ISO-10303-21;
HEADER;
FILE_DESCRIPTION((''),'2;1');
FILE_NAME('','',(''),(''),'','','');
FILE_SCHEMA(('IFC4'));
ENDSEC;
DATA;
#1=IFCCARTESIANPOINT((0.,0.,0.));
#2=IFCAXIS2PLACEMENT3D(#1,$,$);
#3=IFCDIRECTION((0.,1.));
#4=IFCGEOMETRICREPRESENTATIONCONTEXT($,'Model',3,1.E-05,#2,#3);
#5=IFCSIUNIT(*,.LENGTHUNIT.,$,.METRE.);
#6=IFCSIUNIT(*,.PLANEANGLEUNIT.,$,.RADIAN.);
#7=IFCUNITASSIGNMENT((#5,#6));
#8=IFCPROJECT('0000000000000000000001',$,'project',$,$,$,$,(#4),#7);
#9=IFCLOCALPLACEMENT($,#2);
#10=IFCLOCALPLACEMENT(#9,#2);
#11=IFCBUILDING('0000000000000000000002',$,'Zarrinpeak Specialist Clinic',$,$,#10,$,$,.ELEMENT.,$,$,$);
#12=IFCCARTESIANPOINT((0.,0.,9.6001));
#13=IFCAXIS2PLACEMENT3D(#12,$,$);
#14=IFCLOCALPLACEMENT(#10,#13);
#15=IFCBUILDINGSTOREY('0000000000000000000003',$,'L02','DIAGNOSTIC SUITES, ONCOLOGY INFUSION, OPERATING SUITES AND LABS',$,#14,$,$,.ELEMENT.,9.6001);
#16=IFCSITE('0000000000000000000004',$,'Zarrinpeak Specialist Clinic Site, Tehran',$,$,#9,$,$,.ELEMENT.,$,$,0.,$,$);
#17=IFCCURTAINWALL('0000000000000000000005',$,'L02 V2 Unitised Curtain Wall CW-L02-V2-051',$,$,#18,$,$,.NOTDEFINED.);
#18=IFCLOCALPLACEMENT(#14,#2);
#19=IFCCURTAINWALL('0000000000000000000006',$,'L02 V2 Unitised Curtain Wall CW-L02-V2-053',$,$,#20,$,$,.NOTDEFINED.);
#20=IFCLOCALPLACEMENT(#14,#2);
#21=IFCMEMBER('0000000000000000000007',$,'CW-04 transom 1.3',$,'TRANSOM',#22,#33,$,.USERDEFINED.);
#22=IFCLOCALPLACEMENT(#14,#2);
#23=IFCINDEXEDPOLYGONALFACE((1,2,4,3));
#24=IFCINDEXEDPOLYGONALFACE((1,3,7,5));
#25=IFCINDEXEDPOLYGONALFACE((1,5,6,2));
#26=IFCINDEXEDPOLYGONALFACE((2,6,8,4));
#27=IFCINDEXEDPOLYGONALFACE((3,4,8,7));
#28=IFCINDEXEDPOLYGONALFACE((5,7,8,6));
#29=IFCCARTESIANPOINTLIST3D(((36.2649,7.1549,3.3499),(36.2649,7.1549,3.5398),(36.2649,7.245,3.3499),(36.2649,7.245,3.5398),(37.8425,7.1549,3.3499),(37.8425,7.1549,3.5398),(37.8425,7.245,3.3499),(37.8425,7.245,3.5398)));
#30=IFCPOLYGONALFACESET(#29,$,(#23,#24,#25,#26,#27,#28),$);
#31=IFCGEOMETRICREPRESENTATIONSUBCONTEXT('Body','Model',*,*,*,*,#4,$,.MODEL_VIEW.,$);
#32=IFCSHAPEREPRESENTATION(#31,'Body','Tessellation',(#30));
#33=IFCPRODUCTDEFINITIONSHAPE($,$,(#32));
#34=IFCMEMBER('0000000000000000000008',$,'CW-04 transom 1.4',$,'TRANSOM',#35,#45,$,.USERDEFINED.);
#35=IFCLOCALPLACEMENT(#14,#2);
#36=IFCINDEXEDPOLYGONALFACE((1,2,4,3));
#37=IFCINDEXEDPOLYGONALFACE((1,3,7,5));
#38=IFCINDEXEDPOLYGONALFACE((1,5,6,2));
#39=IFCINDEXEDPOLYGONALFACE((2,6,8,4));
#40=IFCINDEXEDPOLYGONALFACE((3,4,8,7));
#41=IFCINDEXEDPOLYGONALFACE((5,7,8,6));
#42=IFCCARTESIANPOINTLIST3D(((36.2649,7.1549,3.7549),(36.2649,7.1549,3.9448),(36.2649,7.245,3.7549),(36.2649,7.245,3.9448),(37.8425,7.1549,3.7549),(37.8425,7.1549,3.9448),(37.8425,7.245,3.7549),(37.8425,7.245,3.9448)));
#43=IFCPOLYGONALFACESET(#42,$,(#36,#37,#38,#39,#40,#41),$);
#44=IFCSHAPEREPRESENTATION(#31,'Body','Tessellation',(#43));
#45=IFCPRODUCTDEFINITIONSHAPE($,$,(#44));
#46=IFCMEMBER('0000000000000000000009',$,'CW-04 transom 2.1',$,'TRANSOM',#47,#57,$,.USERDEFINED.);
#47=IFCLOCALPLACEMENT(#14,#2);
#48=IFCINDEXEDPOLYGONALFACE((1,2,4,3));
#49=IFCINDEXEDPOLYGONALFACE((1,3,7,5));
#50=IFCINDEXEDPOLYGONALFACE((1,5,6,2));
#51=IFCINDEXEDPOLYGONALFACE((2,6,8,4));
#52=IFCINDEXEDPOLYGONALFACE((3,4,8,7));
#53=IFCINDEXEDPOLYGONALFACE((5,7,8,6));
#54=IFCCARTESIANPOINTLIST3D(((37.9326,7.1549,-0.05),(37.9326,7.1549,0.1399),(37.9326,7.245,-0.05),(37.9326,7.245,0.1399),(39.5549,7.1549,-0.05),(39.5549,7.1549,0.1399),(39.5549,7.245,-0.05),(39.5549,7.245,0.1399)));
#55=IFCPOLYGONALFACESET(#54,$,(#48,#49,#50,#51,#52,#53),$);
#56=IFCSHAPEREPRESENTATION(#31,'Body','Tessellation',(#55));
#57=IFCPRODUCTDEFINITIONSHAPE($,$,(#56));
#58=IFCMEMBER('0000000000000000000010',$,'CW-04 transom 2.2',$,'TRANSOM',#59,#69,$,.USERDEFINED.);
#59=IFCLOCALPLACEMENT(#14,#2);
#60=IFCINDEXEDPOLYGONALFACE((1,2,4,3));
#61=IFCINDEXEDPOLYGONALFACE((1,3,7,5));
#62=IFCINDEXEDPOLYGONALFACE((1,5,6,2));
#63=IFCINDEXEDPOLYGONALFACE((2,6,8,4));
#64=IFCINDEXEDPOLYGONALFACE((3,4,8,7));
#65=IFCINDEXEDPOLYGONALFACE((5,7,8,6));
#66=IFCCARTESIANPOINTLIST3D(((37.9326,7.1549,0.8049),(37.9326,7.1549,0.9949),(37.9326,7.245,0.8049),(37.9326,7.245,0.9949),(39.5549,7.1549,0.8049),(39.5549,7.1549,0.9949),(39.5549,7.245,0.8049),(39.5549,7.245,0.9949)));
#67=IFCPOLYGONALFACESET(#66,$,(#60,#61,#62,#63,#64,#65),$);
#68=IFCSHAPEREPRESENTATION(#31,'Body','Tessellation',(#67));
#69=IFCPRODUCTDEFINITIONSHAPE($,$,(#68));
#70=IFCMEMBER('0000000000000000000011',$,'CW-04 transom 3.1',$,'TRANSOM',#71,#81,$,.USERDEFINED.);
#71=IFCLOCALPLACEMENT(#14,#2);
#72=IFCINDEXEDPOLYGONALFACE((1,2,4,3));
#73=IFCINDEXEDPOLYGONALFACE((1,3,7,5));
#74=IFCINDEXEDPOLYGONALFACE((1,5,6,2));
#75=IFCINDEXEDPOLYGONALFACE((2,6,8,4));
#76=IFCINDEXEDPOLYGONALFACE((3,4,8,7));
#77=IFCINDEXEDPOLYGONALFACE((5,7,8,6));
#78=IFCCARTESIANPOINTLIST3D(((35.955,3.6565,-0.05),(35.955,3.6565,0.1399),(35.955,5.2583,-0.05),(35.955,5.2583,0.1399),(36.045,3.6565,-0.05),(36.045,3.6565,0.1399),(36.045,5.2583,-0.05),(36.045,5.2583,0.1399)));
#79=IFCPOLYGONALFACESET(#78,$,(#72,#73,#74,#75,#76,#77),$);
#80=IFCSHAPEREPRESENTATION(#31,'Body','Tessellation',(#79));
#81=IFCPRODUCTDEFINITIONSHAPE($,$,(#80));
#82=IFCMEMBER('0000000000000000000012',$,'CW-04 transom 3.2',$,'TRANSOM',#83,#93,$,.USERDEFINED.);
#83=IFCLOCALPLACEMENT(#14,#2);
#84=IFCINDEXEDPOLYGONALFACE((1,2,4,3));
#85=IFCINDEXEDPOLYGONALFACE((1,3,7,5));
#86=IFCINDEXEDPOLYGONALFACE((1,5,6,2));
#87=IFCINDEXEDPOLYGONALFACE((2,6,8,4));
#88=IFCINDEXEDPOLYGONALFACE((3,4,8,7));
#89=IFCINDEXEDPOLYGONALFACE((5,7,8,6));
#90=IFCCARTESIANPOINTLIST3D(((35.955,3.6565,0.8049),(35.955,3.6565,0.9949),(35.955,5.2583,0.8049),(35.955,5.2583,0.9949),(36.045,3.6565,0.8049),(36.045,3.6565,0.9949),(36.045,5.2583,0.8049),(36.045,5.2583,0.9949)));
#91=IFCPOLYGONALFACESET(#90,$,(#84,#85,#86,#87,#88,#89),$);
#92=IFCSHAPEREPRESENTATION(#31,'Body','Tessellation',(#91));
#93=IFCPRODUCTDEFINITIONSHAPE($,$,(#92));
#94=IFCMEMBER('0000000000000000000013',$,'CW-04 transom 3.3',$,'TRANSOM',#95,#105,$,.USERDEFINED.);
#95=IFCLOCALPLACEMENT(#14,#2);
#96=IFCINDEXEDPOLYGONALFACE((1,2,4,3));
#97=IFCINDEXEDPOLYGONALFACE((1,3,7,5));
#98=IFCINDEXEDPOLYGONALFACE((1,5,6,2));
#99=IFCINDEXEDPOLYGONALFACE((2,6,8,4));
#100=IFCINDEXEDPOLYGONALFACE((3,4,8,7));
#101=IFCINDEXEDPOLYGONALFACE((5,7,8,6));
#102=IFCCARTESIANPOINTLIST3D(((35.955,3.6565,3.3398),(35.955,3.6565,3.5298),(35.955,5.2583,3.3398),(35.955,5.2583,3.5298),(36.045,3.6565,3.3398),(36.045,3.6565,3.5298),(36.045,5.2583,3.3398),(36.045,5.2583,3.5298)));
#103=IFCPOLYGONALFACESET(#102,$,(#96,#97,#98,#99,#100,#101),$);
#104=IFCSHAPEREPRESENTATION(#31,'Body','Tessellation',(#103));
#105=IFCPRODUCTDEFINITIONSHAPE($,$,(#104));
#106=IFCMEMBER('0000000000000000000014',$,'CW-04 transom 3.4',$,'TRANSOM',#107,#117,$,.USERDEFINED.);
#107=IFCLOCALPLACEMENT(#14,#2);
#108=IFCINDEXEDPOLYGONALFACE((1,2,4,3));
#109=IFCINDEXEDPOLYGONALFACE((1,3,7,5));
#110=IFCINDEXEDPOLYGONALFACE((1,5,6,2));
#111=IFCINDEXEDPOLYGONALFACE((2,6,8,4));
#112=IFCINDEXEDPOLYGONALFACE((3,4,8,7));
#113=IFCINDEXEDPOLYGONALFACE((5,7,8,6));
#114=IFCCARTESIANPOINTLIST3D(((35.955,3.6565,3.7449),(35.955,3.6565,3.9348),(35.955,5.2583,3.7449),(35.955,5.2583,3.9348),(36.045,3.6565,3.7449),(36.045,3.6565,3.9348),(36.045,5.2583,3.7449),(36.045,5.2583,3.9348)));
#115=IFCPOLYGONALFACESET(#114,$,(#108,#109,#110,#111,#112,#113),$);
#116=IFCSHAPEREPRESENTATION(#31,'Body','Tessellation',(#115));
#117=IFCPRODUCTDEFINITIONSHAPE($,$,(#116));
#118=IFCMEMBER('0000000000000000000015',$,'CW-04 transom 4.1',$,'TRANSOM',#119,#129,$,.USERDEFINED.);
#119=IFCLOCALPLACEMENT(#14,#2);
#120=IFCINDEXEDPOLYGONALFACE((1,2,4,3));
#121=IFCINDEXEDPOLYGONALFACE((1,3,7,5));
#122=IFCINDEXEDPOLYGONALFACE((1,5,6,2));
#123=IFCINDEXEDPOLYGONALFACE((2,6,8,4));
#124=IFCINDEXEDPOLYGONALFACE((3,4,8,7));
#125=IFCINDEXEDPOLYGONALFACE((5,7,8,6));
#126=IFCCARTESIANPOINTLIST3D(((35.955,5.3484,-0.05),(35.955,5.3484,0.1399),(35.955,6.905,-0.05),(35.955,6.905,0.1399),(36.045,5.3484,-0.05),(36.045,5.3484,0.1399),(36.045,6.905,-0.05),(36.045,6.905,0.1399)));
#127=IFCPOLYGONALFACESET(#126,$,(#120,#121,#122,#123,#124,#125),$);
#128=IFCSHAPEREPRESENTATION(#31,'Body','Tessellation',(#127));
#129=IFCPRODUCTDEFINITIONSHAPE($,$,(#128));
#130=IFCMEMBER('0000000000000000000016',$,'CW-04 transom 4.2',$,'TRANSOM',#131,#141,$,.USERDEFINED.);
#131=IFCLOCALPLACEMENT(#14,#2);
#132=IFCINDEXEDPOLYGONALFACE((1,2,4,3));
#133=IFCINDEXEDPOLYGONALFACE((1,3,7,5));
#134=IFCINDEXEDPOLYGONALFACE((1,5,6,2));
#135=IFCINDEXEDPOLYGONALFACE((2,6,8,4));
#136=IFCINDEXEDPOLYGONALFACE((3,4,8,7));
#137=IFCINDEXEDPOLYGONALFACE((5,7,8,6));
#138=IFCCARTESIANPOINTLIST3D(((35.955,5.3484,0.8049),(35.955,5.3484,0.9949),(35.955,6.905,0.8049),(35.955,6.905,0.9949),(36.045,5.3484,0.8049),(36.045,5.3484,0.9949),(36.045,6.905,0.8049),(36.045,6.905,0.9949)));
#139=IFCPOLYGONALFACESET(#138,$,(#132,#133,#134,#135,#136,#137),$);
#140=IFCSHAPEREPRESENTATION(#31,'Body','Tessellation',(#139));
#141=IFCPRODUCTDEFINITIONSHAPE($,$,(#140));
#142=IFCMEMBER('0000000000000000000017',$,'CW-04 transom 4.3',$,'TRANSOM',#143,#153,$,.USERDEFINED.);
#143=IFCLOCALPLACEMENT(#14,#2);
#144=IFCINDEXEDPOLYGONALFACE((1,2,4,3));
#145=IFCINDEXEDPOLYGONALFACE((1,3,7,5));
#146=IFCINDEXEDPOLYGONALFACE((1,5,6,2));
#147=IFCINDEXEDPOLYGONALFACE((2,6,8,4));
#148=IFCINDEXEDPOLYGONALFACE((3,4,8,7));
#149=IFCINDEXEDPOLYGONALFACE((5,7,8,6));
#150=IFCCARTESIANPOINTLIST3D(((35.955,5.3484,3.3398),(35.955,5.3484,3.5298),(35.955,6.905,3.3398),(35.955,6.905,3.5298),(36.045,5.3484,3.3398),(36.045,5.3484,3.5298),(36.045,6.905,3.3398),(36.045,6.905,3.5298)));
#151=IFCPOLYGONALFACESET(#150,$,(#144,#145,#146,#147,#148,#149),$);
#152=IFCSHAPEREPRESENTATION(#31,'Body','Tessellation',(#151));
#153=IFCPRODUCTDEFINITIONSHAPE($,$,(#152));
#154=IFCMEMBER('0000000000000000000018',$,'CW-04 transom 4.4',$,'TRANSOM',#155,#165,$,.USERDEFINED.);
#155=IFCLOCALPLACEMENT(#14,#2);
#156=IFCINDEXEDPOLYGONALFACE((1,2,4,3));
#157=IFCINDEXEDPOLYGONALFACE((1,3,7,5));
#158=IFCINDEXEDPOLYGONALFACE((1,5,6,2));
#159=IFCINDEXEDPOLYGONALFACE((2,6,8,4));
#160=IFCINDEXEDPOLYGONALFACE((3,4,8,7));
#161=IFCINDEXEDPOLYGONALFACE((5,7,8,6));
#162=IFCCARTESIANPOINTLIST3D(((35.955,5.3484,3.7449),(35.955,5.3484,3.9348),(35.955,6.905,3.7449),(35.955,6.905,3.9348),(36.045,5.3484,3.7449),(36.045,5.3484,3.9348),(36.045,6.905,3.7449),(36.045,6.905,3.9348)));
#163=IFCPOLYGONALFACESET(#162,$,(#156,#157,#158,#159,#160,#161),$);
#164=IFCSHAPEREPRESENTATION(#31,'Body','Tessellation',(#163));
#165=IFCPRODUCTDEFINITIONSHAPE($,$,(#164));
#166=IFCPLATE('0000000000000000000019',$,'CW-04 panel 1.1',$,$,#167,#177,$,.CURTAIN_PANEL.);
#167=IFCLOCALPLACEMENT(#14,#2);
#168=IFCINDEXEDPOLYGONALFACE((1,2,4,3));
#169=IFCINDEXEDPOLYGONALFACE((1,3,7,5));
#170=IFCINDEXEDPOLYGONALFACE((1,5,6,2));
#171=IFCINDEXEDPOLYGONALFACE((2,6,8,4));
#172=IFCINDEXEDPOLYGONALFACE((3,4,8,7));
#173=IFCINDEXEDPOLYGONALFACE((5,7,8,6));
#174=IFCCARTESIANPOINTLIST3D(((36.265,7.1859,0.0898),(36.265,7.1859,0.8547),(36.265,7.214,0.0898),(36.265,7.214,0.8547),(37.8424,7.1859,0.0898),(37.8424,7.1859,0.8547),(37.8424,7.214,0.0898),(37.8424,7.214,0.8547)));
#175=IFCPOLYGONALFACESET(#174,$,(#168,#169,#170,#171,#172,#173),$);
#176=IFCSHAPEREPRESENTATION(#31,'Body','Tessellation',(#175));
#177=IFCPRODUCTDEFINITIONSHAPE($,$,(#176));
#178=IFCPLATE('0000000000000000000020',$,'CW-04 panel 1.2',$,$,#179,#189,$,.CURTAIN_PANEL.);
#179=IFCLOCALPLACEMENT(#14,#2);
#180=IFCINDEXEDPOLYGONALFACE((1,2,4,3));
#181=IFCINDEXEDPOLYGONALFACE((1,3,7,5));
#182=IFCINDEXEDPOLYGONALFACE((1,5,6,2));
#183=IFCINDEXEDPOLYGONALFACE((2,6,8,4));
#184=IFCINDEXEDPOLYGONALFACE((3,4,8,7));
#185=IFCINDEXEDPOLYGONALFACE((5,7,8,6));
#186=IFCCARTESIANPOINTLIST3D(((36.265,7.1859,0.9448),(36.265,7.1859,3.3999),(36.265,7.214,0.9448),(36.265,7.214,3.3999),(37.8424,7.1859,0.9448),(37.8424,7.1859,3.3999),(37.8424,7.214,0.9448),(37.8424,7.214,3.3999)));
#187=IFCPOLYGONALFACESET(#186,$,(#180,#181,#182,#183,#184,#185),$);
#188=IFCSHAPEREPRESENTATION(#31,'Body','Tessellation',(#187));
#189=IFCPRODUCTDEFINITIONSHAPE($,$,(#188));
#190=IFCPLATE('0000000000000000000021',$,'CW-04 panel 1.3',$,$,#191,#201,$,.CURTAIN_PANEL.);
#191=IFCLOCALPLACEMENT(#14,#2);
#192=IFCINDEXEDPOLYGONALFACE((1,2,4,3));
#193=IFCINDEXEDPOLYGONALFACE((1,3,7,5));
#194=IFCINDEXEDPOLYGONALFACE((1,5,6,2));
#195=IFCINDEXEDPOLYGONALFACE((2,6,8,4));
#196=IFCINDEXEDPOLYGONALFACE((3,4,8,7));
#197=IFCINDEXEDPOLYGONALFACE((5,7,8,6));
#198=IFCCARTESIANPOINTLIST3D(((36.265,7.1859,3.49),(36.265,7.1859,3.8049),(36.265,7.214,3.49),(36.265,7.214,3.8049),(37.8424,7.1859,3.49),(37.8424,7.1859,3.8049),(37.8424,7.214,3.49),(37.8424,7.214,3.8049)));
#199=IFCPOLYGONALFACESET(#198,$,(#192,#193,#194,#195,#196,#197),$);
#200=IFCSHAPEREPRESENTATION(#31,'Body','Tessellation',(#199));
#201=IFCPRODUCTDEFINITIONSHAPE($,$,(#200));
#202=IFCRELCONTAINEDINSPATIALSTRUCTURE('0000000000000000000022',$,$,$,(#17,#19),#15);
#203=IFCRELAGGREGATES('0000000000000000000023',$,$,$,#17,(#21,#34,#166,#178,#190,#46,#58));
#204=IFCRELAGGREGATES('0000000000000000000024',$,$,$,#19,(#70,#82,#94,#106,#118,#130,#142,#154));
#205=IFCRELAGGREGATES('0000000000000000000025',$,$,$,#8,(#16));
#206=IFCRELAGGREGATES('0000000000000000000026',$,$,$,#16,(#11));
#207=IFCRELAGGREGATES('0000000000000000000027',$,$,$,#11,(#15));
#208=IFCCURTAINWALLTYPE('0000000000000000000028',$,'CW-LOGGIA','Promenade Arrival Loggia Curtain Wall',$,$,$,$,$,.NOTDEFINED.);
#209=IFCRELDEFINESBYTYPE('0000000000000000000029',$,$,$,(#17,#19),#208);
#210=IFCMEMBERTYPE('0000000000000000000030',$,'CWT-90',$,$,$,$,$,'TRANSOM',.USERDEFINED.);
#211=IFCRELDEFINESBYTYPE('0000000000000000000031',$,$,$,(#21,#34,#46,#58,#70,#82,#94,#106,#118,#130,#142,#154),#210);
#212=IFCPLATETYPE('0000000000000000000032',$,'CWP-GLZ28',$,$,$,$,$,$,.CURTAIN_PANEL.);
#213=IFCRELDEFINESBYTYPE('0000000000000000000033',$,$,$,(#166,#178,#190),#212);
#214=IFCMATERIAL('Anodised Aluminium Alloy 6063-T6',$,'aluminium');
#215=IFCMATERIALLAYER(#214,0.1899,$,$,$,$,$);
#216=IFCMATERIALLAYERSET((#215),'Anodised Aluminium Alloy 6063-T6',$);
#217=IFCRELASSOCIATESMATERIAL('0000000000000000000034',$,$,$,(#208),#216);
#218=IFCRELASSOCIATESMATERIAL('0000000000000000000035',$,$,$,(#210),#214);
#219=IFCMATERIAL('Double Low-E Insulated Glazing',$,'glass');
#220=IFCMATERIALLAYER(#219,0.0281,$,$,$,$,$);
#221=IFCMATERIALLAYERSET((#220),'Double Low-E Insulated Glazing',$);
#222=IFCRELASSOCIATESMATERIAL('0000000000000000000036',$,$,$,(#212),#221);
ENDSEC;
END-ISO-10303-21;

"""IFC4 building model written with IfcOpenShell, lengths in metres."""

from ifc_helpers import new_model, si_unit, direction, frame, origin, origin_2d, place, context, subcontext, project, spatial, rectangle, extrude, material, layer, layer_set, material_profile, profile_set, type_object, element, aggregate, save


model = new_model("IFC4")

# Units and contexts
model_context = context("Model", 3, precision=1e-05, world=origin(), true_north=direction((0.0, 1.0)))
body_context = subcontext(model_context, "Body", "Model", "MODEL_VIEW")
ifc_project = project(units=[si_unit("LENGTHUNIT", "METRE"), si_unit("PLANEANGLEUNIT", "RADIAN")], contexts=[model_context])

# Site, building, storey
site_placement = place(None, origin())
site = spatial("IfcSite", under=ifc_project, at=site_placement, Name="Zarrinpeak Specialist Clinic Site, Tehran", CompositionType="ELEMENT", RefElevation=0.0)
building_placement = place(site_placement, origin())
building = spatial("IfcBuilding", under=site, at=building_placement, Name="Zarrinpeak Specialist Clinic", CompositionType="ELEMENT")
storey_placement = place(building_placement, frame((0.0, 0.0, 9.6001)))
storey = spatial("IfcBuildingStorey", under=building, at=storey_placement, Name="L02", Description="DIAGNOSTIC SUITES, ONCOLOGY INFUSION, OPERATING SUITES AND LABS", CompositionType="ELEMENT", Elevation=9.6001)

# Curtain walls
ifc_material_1 = material(Name="Anodised Aluminium Alloy 6063-T6", Category="aluminium")
ifc_layer_1 = layer(ifc_material_1, 0.1899)
ifc_layer_set_1 = layer_set([ifc_layer_1], Name="Anodised Aluminium Alloy 6063-T6")
curtain_wall_type = type_object("IfcCurtainWallType", Name="CW-LOGGIA", Description="Promenade Arrival Loggia Curtain Wall", PredefinedType="NOTDEFINED", material=ifc_layer_set_1)
curtain_wall_1_placement = place(storey_placement, origin())
curtain_wall_1 = element("IfcCurtainWall", 1, at=curtain_wall_1_placement, inside=storey, type_object=curtain_wall_type, Name="L02 V2 Unitised Curtain Wall CW-L02-V2-051", PredefinedType="NOTDEFINED")
curtain_wall_2_placement = place(storey_placement, origin())
curtain_wall_2 = element("IfcCurtainWall", 2, at=curtain_wall_2_placement, inside=storey, type_object=curtain_wall_type, Name="L02 V2 Unitised Curtain Wall CW-L02-V2-053", PredefinedType="NOTDEFINED")

# Members
ifc_material_profile_1 = material_profile(ifc_material_1, rectangle(XDim=0.0901, YDim=0.1899, at=origin_2d()), Name="ALU 90x190")
ifc_profile_set_1 = profile_set([ifc_material_profile_1], Name="Anodised Aluminium Alloy 6063-T6")
member_type_1 = type_object("IfcMemberType", Name="CWT-90", ElementType="TRANSOM", PredefinedType="USERDEFINED", material=ifc_profile_set_1)
member_1_placement = place(storey_placement, frame((36.2649, 7.2, 3.4448), z_axis=(1.0, 0.0, 0.0), x_axis=(0.0, 1.0, 0.0)))
member_1 = element("IfcMember", 3, at=member_1_placement, type_object=member_type_1, Name="CW-04 transom 1.3", ObjectType="TRANSOM", PredefinedType="USERDEFINED", context=body_context, shape_type="SweptSolid", body=[
    extrude(rectangle(XDim=0.0901, YDim=0.1899, at=origin_2d()), origin(), (0.0, 0.0, 1.0), 1.5776),
])
member_2_placement = place(storey_placement, frame((36.2649, 7.2, 3.8499), z_axis=(1.0, 0.0, 0.0), x_axis=(0.0, 1.0, 0.0)))
member_2 = element("IfcMember", 4, at=member_2_placement, type_object=member_type_1, Name="CW-04 transom 1.4", ObjectType="TRANSOM", PredefinedType="USERDEFINED", context=body_context, shape_type="SweptSolid", body=[
    extrude(rectangle(XDim=0.0901, YDim=0.1899, at=origin_2d()), origin(), (0.0, 0.0, 1.0), 1.5776),
])
member_3_placement = place(storey_placement, frame((37.9326, 7.2, 0.0449), z_axis=(1.0, 0.0, 0.0), x_axis=(0.0, 1.0, 0.0)))
member_3 = element("IfcMember", 5, at=member_3_placement, type_object=member_type_1, Name="CW-04 transom 2.1", ObjectType="TRANSOM", PredefinedType="USERDEFINED", context=body_context, shape_type="SweptSolid", body=[
    extrude(rectangle(XDim=0.0901, YDim=0.1899, at=origin_2d()), origin(), (0.0, 0.0, 1.0), 1.6223),
])
member_4_placement = place(storey_placement, frame((37.9326, 7.2, 0.8999), z_axis=(1.0, 0.0, 0.0), x_axis=(0.0, 1.0, 0.0)))
member_4 = element("IfcMember", 6, at=member_4_placement, type_object=member_type_1, Name="CW-04 transom 2.2", ObjectType="TRANSOM", PredefinedType="USERDEFINED", context=body_context, shape_type="SweptSolid", body=[
    extrude(rectangle(XDim=0.0901, YDim=0.1899, at=origin_2d()), origin(), (0.0, 0.0, 1.0), 1.6223),
])
member_5_placement = place(storey_placement, frame((36.0, 3.6565, 0.0449), z_axis=(0.0, 1.0, 0.0), x_axis=(-1.0, 0.0, 0.0)))
member_5 = element("IfcMember", 7, at=member_5_placement, type_object=member_type_1, Name="CW-04 transom 3.1", ObjectType="TRANSOM", PredefinedType="USERDEFINED", context=body_context, shape_type="SweptSolid", body=[
    extrude(rectangle(XDim=0.0901, YDim=0.1899, at=origin_2d()), origin(), (0.0, 0.0, 1.0), 1.6018),
])
member_6_placement = place(storey_placement, frame((36.0, 3.6565, 0.8999), z_axis=(0.0, 1.0, 0.0), x_axis=(-1.0, 0.0, 0.0)))
member_6 = element("IfcMember", 8, at=member_6_placement, type_object=member_type_1, Name="CW-04 transom 3.2", ObjectType="TRANSOM", PredefinedType="USERDEFINED", context=body_context, shape_type="SweptSolid", body=[
    extrude(rectangle(XDim=0.0901, YDim=0.1899, at=origin_2d()), origin(), (0.0, 0.0, 1.0), 1.6018),
])
member_7_placement = place(storey_placement, frame((36.0, 3.6565, 3.4348), z_axis=(0.0, 1.0, 0.0), x_axis=(-1.0, 0.0, 0.0)))
member_7 = element("IfcMember", 9, at=member_7_placement, type_object=member_type_1, Name="CW-04 transom 3.3", ObjectType="TRANSOM", PredefinedType="USERDEFINED", context=body_context, shape_type="SweptSolid", body=[
    extrude(rectangle(XDim=0.0901, YDim=0.1899, at=origin_2d()), origin(), (0.0, 0.0, 1.0), 1.6018),
])
member_8_placement = place(storey_placement, frame((36.0, 3.6565, 3.8398), z_axis=(0.0, 1.0, 0.0), x_axis=(-1.0, 0.0, 0.0)))
member_8 = element("IfcMember", 10, at=member_8_placement, type_object=member_type_1, Name="CW-04 transom 3.4", ObjectType="TRANSOM", PredefinedType="USERDEFINED", context=body_context, shape_type="SweptSolid", body=[
    extrude(rectangle(XDim=0.0901, YDim=0.1899, at=origin_2d()), origin(), (0.0, 0.0, 1.0), 1.6018),
])
member_9_placement = place(storey_placement, frame((36.0, 5.3484, 0.0449), z_axis=(0.0, 1.0, 0.0), x_axis=(-1.0, 0.0, 0.0)))
member_9 = element("IfcMember", 11, at=member_9_placement, type_object=member_type_1, Name="CW-04 transom 4.1", ObjectType="TRANSOM", PredefinedType="USERDEFINED", context=body_context, shape_type="SweptSolid", body=[
    extrude(rectangle(XDim=0.0901, YDim=0.1899, at=origin_2d()), origin(), (0.0, 0.0, 1.0), 1.5566),
])
member_10_placement = place(storey_placement, frame((36.0, 5.3484, 0.8999), z_axis=(0.0, 1.0, 0.0), x_axis=(-1.0, 0.0, 0.0)))
member_10 = element("IfcMember", 12, at=member_10_placement, type_object=member_type_1, Name="CW-04 transom 4.2", ObjectType="TRANSOM", PredefinedType="USERDEFINED", context=body_context, shape_type="SweptSolid", body=[
    extrude(rectangle(XDim=0.0901, YDim=0.1899, at=origin_2d()), origin(), (0.0, 0.0, 1.0), 1.5566),
])
member_11_placement = place(storey_placement, frame((36.0, 5.3484, 3.4348), z_axis=(0.0, 1.0, 0.0), x_axis=(-1.0, 0.0, 0.0)))
member_11 = element("IfcMember", 13, at=member_11_placement, type_object=member_type_1, Name="CW-04 transom 4.3", ObjectType="TRANSOM", PredefinedType="USERDEFINED", context=body_context, shape_type="SweptSolid", body=[
    extrude(rectangle(XDim=0.0901, YDim=0.1899, at=origin_2d()), origin(), (0.0, 0.0, 1.0), 1.5566),
])
member_12_placement = place(storey_placement, frame((36.0, 5.3484, 3.8398), z_axis=(0.0, 1.0, 0.0), x_axis=(-1.0, 0.0, 0.0)))
member_12 = element("IfcMember", 14, at=member_12_placement, type_object=member_type_1, Name="CW-04 transom 4.4", ObjectType="TRANSOM", PredefinedType="USERDEFINED", context=body_context, shape_type="SweptSolid", body=[
    extrude(rectangle(XDim=0.0901, YDim=0.1899, at=origin_2d()), origin(), (0.0, 0.0, 1.0), 1.5566),
])

# Plates
ifc_material_2 = material(Name="Double Low-E Insulated Glazing", Category="glass")
ifc_layer_2 = layer(ifc_material_2, 0.0281)
ifc_layer_set_2 = layer_set([ifc_layer_2], Name="Double Low-E Insulated Glazing")
plate_type_1 = type_object("IfcPlateType", Name="CWP-GLZ28", PredefinedType="CURTAIN_PANEL", material=ifc_layer_set_2)
plate_1_placement = place(storey_placement, frame((37.0537, 7.2, 0.0898), z_axis=(0.0, 0.0, 1.0), x_axis=(1.0, 0.0, 0.0)))
plate_1 = element("IfcPlate", 15, at=plate_1_placement, type_object=plate_type_1, Name="CW-04 panel 1.1", PredefinedType="CURTAIN_PANEL", context=body_context, shape_type="SweptSolid", body=[
    extrude(rectangle(XDim=1.5774, YDim=0.0281, at=origin_2d()), origin(), (0.0, 0.0, 1.0), 0.7649),
])
plate_2_placement = place(storey_placement, frame((37.0537, 7.2, 0.9448), z_axis=(0.0, 0.0, 1.0), x_axis=(1.0, 0.0, 0.0)))
plate_2 = element("IfcPlate", 16, at=plate_2_placement, type_object=plate_type_1, Name="CW-04 panel 1.2", PredefinedType="CURTAIN_PANEL", context=body_context, shape_type="SweptSolid", body=[
    extrude(rectangle(XDim=1.5774, YDim=0.0281, at=origin_2d()), origin(), (0.0, 0.0, 1.0), 2.4551),
])
plate_3_placement = place(storey_placement, frame((37.0537, 7.2, 3.49), z_axis=(0.0, 0.0, 1.0), x_axis=(1.0, 0.0, 0.0)))
plate_3 = element("IfcPlate", 17, at=plate_3_placement, type_object=plate_type_1, Name="CW-04 panel 1.3", PredefinedType="CURTAIN_PANEL", context=body_context, shape_type="SweptSolid", body=[
    extrude(rectangle(XDim=1.5774, YDim=0.0281, at=origin_2d()), origin(), (0.0, 0.0, 1.0), 0.3149),
])
aggregate(curtain_wall_1, [member_1, member_2, plate_1, plate_2, plate_3, member_3, member_4])
aggregate(curtain_wall_2, [member_5, member_6, member_7, member_8, member_9, member_10, member_11, member_12])

save(model, "model.ifc")
